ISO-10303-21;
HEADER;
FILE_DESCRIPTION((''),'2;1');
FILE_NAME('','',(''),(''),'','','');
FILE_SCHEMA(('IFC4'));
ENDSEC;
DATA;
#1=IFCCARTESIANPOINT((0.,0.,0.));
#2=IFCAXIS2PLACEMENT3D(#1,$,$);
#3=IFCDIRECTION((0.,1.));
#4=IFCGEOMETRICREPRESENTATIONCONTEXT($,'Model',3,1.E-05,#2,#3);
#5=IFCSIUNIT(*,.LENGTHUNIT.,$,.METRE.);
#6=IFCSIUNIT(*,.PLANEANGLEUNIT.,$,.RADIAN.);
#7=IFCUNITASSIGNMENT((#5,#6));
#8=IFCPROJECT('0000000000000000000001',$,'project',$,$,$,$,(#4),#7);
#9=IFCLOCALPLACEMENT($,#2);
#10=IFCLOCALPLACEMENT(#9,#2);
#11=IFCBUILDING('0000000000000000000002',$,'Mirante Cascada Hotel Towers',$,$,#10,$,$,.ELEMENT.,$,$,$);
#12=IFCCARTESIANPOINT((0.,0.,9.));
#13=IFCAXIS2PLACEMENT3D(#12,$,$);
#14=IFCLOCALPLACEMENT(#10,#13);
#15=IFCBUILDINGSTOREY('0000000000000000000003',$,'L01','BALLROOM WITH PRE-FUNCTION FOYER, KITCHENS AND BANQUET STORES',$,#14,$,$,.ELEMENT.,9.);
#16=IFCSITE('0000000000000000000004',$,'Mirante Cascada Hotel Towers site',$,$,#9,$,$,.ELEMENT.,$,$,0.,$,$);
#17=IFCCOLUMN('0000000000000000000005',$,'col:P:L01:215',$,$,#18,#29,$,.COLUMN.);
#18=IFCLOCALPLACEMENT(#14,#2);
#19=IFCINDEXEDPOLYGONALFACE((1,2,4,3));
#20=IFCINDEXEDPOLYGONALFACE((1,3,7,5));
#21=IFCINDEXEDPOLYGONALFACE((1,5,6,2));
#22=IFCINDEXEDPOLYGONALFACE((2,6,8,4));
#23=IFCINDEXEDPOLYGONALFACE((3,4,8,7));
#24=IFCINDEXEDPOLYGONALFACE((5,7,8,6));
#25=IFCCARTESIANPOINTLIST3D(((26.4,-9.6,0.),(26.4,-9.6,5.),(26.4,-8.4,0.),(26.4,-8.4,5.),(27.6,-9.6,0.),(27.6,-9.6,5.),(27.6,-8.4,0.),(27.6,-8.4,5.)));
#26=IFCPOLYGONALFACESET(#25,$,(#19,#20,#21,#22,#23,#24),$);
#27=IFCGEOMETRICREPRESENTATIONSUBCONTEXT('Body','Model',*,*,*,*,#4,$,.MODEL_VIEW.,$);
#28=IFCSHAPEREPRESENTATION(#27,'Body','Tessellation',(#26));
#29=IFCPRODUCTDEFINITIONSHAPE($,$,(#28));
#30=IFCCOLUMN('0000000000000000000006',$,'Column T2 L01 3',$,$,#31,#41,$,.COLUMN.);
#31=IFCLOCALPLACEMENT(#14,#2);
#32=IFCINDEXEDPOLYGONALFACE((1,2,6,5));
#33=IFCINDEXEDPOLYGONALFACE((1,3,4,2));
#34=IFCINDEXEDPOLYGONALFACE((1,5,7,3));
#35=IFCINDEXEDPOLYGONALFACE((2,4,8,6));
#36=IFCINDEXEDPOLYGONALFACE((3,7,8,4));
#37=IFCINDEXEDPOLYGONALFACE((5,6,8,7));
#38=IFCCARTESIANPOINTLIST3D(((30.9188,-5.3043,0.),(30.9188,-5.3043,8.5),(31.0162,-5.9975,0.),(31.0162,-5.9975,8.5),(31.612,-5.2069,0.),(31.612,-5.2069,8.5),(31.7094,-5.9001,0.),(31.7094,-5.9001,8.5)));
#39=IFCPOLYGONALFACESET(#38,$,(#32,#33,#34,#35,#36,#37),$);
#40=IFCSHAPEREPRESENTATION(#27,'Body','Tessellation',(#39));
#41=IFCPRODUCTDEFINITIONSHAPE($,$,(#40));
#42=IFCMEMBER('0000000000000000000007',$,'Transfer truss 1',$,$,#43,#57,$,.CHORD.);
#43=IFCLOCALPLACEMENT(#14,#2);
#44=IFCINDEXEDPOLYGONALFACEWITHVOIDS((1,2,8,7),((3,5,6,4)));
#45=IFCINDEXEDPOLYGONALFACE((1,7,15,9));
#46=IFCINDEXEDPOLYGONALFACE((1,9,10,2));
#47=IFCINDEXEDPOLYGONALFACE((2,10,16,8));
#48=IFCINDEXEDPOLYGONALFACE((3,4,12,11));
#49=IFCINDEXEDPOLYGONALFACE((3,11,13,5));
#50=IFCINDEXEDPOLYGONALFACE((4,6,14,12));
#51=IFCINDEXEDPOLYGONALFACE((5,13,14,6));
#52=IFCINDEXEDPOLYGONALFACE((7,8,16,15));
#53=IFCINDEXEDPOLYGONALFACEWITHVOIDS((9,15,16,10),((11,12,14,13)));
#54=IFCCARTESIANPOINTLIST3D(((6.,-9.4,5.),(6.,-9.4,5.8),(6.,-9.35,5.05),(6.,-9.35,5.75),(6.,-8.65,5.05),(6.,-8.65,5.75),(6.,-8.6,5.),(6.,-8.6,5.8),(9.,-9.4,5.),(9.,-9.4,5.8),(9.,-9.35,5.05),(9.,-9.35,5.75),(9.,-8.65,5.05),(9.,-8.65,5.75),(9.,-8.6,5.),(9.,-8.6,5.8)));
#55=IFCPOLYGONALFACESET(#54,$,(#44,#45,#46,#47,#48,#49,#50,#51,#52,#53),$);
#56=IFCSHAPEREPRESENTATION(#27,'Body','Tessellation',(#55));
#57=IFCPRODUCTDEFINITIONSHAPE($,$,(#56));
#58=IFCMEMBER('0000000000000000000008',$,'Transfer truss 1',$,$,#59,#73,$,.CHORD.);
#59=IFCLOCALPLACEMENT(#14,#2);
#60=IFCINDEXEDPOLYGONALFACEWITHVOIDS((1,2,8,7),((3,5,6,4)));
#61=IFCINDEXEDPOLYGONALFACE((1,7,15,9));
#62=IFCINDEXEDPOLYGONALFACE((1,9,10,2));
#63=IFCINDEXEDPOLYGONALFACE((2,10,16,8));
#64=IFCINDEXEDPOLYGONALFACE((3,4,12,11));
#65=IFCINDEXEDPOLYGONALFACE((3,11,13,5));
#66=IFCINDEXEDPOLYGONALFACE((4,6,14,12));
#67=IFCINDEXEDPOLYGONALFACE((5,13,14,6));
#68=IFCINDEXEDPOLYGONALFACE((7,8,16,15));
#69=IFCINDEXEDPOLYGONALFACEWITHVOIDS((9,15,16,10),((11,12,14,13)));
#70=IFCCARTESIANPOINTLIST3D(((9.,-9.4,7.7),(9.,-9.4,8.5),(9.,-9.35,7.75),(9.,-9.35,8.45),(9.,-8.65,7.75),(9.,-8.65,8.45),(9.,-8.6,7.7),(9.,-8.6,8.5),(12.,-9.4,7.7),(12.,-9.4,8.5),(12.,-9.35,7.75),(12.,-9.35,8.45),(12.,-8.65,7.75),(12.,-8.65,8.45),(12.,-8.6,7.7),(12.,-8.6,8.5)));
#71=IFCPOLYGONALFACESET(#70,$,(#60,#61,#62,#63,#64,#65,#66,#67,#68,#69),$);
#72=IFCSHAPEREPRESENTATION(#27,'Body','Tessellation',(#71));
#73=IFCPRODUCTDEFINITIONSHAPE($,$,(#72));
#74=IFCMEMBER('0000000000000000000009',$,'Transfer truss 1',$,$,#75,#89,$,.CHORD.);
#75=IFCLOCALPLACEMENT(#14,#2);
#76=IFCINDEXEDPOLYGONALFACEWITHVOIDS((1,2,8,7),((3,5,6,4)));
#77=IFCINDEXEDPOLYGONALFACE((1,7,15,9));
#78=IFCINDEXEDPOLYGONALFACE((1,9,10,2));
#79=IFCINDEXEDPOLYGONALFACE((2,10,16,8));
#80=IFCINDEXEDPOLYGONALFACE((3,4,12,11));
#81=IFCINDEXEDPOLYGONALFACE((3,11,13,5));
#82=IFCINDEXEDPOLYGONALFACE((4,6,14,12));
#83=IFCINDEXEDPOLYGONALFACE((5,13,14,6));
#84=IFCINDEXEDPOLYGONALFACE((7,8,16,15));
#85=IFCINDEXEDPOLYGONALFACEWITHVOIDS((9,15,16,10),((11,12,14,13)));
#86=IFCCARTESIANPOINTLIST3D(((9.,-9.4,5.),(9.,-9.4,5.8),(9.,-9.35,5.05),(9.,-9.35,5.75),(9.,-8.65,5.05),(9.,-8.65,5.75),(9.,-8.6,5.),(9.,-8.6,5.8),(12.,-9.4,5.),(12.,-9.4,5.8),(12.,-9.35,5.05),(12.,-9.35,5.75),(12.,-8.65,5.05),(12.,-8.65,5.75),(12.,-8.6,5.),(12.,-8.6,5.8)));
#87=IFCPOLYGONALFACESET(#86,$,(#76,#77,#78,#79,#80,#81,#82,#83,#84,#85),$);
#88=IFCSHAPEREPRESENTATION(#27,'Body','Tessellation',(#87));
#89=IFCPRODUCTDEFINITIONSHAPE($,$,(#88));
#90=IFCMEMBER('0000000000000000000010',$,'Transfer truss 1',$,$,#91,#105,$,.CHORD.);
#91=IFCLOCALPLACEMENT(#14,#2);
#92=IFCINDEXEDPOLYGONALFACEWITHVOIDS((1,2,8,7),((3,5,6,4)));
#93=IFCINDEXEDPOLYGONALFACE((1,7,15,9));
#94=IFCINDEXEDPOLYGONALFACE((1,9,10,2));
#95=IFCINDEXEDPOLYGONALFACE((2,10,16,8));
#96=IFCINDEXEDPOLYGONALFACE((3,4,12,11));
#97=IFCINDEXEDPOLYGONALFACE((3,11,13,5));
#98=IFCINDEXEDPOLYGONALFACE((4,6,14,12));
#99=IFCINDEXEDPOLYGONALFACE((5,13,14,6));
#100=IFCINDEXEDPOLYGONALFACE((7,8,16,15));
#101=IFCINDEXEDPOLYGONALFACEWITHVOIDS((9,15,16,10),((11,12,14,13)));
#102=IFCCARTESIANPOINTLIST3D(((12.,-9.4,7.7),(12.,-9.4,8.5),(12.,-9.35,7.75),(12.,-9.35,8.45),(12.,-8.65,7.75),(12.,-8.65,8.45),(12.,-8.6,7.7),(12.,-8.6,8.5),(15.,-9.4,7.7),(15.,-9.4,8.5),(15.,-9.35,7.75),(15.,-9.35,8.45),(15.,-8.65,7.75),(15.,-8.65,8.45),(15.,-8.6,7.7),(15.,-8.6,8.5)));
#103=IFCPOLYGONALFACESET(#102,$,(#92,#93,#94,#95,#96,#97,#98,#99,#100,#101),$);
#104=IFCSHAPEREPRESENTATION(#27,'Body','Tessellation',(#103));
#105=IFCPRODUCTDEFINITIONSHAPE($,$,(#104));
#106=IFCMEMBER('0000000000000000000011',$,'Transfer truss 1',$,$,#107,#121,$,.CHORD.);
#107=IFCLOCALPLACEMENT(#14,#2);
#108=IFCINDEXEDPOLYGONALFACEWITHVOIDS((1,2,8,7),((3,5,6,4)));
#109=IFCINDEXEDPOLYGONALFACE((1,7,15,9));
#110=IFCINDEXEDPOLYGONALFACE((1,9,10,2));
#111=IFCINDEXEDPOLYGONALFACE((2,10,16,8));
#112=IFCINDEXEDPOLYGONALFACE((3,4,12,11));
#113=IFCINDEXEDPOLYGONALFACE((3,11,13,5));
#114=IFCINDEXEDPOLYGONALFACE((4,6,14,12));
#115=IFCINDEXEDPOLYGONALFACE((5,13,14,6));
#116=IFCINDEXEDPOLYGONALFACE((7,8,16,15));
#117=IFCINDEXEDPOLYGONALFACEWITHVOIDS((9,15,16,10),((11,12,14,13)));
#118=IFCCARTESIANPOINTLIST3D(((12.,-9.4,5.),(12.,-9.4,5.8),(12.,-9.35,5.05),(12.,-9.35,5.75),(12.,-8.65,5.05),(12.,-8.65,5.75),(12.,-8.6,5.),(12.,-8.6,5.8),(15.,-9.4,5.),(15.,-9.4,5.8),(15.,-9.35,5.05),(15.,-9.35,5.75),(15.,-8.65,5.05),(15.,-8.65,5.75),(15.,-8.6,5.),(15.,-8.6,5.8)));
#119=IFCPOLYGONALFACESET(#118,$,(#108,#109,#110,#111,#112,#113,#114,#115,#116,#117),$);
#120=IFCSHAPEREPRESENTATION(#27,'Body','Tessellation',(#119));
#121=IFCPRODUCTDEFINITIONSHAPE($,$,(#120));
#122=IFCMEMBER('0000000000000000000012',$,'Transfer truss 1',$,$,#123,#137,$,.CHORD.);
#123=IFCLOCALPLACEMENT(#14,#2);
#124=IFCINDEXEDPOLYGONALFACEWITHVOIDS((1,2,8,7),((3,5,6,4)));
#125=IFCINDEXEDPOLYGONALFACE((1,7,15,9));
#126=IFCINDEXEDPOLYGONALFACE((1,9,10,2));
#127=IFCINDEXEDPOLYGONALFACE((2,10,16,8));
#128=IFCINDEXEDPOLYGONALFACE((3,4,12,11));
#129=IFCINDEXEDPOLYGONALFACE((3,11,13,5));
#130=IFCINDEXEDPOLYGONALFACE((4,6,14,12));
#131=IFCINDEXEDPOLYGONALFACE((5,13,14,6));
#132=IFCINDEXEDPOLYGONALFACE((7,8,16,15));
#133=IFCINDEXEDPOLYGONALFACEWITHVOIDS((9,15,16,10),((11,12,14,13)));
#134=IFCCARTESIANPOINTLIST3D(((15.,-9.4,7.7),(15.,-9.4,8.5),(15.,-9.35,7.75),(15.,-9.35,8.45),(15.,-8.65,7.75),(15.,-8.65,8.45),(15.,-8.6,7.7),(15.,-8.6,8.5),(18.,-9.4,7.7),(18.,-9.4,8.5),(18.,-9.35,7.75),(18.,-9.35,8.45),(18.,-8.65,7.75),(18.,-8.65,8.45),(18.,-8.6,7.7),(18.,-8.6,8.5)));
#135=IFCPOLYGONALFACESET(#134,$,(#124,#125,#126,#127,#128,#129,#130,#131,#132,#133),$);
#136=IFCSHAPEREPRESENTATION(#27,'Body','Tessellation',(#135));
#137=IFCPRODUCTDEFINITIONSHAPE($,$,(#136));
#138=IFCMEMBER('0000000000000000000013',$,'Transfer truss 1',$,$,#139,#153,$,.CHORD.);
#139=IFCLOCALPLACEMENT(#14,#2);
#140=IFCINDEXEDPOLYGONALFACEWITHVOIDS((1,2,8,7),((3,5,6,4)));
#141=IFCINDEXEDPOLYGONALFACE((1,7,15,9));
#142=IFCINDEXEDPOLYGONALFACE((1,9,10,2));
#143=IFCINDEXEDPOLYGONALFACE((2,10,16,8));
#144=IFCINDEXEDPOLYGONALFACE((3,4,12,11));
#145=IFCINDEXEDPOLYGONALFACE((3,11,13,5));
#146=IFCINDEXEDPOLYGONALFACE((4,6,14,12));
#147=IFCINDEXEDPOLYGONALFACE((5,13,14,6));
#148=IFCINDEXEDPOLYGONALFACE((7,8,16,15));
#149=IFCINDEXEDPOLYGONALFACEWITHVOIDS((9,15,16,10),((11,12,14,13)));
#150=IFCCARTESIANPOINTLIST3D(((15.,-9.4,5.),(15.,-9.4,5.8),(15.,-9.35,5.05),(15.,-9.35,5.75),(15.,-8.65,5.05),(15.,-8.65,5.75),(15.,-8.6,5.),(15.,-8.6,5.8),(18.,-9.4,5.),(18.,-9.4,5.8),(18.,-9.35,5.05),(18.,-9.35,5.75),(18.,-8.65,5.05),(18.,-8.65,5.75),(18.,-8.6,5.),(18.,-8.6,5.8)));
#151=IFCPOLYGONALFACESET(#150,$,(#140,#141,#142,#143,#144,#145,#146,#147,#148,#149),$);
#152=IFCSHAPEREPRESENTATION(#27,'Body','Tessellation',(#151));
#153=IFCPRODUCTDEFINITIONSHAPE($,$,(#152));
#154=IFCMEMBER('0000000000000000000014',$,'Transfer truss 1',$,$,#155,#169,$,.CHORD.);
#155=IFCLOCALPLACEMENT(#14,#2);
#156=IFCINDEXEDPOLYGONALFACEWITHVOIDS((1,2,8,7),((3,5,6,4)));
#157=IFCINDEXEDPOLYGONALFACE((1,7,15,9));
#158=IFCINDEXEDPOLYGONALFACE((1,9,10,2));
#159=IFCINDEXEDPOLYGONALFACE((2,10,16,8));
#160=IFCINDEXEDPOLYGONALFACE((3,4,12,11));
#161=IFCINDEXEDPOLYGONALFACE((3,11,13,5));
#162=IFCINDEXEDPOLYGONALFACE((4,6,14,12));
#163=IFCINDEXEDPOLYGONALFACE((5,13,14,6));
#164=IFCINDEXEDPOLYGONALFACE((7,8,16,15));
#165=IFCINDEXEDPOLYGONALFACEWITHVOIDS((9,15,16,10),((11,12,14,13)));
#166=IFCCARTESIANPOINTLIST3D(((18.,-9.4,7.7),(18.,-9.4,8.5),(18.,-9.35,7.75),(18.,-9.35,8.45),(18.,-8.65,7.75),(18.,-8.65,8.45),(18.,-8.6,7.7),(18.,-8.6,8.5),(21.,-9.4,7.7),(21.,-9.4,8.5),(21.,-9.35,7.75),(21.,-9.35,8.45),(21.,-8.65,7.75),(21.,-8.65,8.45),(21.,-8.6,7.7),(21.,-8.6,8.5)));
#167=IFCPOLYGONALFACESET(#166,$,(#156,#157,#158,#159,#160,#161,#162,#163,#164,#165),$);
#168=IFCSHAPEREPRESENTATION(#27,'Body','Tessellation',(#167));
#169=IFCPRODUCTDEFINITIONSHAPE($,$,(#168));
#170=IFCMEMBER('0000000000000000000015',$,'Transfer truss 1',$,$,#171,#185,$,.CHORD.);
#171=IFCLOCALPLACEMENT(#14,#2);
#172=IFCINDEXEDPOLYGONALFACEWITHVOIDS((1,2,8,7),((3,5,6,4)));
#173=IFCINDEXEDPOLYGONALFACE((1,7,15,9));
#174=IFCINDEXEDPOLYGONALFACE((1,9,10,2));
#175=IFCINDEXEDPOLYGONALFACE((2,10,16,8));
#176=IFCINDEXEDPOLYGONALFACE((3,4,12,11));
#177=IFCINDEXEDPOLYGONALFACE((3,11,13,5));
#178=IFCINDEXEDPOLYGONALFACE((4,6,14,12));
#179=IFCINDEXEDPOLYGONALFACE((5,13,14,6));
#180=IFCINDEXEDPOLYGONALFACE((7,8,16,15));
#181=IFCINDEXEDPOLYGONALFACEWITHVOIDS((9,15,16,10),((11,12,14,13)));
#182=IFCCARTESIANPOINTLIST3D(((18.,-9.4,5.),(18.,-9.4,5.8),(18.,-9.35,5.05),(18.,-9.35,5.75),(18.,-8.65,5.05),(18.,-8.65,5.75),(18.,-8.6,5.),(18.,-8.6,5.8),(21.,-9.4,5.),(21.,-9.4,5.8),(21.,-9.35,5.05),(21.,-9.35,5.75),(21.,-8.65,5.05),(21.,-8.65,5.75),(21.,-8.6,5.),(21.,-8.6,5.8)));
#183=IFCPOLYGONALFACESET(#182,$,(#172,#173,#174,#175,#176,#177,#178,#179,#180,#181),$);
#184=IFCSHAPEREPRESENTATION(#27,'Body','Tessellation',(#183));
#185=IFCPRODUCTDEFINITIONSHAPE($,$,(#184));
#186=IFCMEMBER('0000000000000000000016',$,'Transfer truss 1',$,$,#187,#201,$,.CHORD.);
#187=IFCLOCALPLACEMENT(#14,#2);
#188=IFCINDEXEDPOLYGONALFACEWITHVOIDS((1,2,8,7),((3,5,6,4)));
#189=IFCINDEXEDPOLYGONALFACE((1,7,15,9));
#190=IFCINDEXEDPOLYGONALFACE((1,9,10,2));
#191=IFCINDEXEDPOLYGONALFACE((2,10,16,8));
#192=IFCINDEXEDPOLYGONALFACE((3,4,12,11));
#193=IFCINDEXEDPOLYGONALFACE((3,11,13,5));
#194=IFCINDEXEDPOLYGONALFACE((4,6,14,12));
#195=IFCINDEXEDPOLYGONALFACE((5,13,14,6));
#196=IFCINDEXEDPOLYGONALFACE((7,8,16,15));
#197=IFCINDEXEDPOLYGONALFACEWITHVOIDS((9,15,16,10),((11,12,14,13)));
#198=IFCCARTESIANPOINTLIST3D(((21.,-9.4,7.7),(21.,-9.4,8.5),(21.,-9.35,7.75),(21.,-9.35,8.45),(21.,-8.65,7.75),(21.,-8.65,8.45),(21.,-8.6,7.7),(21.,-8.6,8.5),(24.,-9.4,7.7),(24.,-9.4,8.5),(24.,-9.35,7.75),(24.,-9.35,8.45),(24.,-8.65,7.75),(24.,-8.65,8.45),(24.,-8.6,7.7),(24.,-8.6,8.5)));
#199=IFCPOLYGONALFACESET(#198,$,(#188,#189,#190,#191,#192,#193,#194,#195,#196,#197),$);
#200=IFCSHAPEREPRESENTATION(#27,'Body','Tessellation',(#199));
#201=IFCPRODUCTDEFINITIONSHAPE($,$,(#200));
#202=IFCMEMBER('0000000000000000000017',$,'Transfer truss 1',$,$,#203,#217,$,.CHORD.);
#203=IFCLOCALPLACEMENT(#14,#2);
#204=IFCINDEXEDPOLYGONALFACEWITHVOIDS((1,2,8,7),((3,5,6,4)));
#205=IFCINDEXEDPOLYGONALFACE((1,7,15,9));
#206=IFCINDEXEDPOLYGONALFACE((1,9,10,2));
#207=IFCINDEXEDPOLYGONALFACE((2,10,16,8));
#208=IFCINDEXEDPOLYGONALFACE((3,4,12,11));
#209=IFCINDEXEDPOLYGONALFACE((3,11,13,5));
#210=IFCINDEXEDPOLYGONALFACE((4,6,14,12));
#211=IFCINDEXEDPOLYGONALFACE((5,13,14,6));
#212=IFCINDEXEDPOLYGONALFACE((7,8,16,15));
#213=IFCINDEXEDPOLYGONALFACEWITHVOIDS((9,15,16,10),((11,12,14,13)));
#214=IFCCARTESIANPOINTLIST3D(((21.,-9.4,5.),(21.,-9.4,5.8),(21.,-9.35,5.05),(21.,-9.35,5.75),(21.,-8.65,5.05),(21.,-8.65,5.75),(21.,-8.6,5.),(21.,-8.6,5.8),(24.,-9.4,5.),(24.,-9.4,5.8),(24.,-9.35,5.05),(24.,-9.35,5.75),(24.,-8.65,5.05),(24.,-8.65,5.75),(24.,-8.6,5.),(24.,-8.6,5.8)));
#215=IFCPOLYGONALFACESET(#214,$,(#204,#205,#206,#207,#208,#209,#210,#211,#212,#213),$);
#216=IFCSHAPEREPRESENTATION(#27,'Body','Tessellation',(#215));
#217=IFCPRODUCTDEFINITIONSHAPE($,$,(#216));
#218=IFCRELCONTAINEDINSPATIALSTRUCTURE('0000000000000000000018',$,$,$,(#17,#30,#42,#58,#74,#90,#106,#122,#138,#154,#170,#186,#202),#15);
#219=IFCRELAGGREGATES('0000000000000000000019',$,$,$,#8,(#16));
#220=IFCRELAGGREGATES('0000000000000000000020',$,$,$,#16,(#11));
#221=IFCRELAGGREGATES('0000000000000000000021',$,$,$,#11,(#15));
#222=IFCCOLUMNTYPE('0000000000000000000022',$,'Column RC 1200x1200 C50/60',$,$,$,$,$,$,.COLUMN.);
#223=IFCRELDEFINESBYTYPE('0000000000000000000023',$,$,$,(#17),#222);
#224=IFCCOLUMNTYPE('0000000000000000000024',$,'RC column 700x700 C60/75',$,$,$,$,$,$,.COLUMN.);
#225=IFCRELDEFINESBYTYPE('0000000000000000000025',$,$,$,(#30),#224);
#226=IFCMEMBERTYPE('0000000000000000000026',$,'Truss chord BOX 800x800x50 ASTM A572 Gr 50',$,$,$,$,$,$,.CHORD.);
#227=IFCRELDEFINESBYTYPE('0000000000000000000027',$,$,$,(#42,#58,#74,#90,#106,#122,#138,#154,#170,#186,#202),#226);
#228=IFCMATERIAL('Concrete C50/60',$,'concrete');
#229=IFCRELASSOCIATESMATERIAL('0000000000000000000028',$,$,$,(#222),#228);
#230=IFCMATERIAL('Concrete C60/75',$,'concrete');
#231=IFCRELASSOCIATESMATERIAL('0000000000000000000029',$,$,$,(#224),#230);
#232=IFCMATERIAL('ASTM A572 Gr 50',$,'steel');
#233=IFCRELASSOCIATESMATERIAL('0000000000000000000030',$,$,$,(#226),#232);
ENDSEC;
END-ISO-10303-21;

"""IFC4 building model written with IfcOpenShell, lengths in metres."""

from ifc_helpers import new_model, si_unit, direction, frame, origin, origin_2d, place, context, subcontext, project, spatial, rectangle, hollow_rectangle, extrude, material, material_profile, profile_set, type_object, element, save


model = new_model("IFC4")

# Units and contexts
model_context = context("Model", 3, precision=1e-05, world=origin(), true_north=direction((0.0, 1.0)))
body_context = subcontext(model_context, "Body", "Model", "MODEL_VIEW")
ifc_project = project(units=[si_unit("LENGTHUNIT", "METRE"), si_unit("PLANEANGLEUNIT", "RADIAN")], contexts=[model_context])

# Site, building, storey
site_placement = place(None, origin())
site = spatial("IfcSite", under=ifc_project, at=site_placement, Name="Mirante Cascada Hotel Towers site", CompositionType="ELEMENT", RefElevation=0.0)
building_placement = place(site_placement, origin())
building = spatial("IfcBuilding", under=site, at=building_placement, Name="Mirante Cascada Hotel Towers", CompositionType="ELEMENT")
storey_placement = place(building_placement, frame((0.0, 0.0, 9.0)))
storey = spatial("IfcBuildingStorey", under=building, at=storey_placement, Name="L01", Description="BALLROOM WITH PRE-FUNCTION FOYER, KITCHENS AND BANQUET STORES", CompositionType="ELEMENT", Elevation=9.0)

# Columns
ifc_material_1 = material(Name="Concrete C50/60", Category="concrete")
ifc_material_profile_1 = material_profile(ifc_material_1, rectangle(XDim=1.2, YDim=1.2, at=origin_2d()), Name="RC 1200x1200")
ifc_profile_set_1 = profile_set([ifc_material_profile_1], Name="Concrete C50/60")
column_type_1 = type_object("IfcColumnType", Name="Column RC 1200x1200 C50/60", PredefinedType="COLUMN", material=ifc_profile_set_1)
column_1_placement = place(storey_placement, frame((27.0, -9.0, 0.0), z_axis=(0.0, 0.0, 1.0), x_axis=(1.0, 0.0, 0.0)))
element("IfcColumn", 1, at=column_1_placement, inside=storey, type_object=column_type_1, Name="col:P:L01:215", PredefinedType="COLUMN", context=body_context, shape_type="SweptSolid", body=[
    extrude(rectangle(XDim=1.2, YDim=1.2, at=origin_2d()), origin(), (0.0, 0.0, 1.0), 5.0),
])
ifc_material_2 = material(Name="Concrete C60/75", Category="concrete")
ifc_material_profile_2 = material_profile(ifc_material_2, rectangle(XDim=0.7, YDim=0.7, at=origin_2d()), Name="RC column 700x700 C60/75")
ifc_profile_set_2 = profile_set([ifc_material_profile_2], Name="Concrete C60/75")
column_type_2 = type_object("IfcColumnType", Name="RC column 700x700 C60/75", PredefinedType="COLUMN", material=ifc_profile_set_2)
column_2_placement = place(storey_placement, frame((31.3141, -5.6022, 0.0), z_axis=(0.0, 0.0, 1.0), x_axis=(0.990268, 0.139173, 0.0)))
element("IfcColumn", 2, at=column_2_placement, inside=storey, type_object=column_type_2, Name="Column T2 L01 3", PredefinedType="COLUMN", context=body_context, shape_type="SweptSolid", body=[
    extrude(rectangle(XDim=0.7, YDim=0.7, at=origin_2d()), origin(), (0.0, 0.0, 1.0), 8.5),
])

# Members
ifc_material_3 = material(Name="ASTM A572 Gr 50", Category="steel")
ifc_material_profile_3 = material_profile(ifc_material_3, hollow_rectangle(XDim=0.8, YDim=0.8, WallThickness=0.05, at=origin_2d()), Name="BOX 800x800x50")
ifc_profile_set_3 = profile_set([ifc_material_profile_3], Name="ASTM A572 Gr 50")
member_type_1 = type_object("IfcMemberType", Name="Truss chord BOX 800x800x50 ASTM A572 Gr 50", PredefinedType="CHORD", material=ifc_profile_set_3)
for number, where, z_axis, x_axis, name in (
    (3, (6.0, -9.0, 5.4), (1.0, 0.0, 0.0), (0.0, 1.0, 0.0), "Transfer truss 1"),
    (4, (9.0, -9.0, 8.1), (1.0, 0.0, 0.0), (0.0, 1.0, 0.0), "Transfer truss 1"),
    (5, (9.0, -9.0, 5.4), (1.0, 0.0, 0.0), (0.0, 1.0, 0.0), "Transfer truss 1"),
    (6, (12.0, -9.0, 8.1), (1.0, 0.0, 0.0), (0.0, 1.0, 0.0), "Transfer truss 1"),
    (7, (12.0, -9.0, 5.4), (1.0, 0.0, 0.0), (0.0, 1.0, 0.0), "Transfer truss 1"),
    (8, (15.0, -9.0, 8.1), (1.0, 0.0, 0.0), (0.0, 1.0, 0.0), "Transfer truss 1"),
    (9, (15.0, -9.0, 5.4), (1.0, 0.0, 0.0), (0.0, 1.0, 0.0), "Transfer truss 1"),
    (10, (18.0, -9.0, 8.1), (1.0, 0.0, 0.0), (0.0, 1.0, 0.0), "Transfer truss 1"),
    (11, (18.0, -9.0, 5.4), (1.0, 0.0, 0.0), (0.0, 1.0, 0.0), "Transfer truss 1"),
    (12, (21.0, -9.0, 8.1), (1.0, 0.0, 0.0), (0.0, 1.0, 0.0), "Transfer truss 1"),
    (13, (21.0, -9.0, 5.4), (1.0, 0.0, 0.0), (0.0, 1.0, 0.0), "Transfer truss 1"),
):
    element("IfcMember", number, at=place(storey_placement, frame(where, z_axis=z_axis, x_axis=x_axis)), inside=storey, type_object=member_type_1, Name=name, PredefinedType="CHORD", context=body_context, shape_type="SweptSolid", body=[
        extrude(hollow_rectangle(XDim=0.8, YDim=0.8, WallThickness=0.05, at=origin_2d()), origin(), (0.0, 0.0, 1.0), 3.0),
    ])

save(model, "model.ifc")
